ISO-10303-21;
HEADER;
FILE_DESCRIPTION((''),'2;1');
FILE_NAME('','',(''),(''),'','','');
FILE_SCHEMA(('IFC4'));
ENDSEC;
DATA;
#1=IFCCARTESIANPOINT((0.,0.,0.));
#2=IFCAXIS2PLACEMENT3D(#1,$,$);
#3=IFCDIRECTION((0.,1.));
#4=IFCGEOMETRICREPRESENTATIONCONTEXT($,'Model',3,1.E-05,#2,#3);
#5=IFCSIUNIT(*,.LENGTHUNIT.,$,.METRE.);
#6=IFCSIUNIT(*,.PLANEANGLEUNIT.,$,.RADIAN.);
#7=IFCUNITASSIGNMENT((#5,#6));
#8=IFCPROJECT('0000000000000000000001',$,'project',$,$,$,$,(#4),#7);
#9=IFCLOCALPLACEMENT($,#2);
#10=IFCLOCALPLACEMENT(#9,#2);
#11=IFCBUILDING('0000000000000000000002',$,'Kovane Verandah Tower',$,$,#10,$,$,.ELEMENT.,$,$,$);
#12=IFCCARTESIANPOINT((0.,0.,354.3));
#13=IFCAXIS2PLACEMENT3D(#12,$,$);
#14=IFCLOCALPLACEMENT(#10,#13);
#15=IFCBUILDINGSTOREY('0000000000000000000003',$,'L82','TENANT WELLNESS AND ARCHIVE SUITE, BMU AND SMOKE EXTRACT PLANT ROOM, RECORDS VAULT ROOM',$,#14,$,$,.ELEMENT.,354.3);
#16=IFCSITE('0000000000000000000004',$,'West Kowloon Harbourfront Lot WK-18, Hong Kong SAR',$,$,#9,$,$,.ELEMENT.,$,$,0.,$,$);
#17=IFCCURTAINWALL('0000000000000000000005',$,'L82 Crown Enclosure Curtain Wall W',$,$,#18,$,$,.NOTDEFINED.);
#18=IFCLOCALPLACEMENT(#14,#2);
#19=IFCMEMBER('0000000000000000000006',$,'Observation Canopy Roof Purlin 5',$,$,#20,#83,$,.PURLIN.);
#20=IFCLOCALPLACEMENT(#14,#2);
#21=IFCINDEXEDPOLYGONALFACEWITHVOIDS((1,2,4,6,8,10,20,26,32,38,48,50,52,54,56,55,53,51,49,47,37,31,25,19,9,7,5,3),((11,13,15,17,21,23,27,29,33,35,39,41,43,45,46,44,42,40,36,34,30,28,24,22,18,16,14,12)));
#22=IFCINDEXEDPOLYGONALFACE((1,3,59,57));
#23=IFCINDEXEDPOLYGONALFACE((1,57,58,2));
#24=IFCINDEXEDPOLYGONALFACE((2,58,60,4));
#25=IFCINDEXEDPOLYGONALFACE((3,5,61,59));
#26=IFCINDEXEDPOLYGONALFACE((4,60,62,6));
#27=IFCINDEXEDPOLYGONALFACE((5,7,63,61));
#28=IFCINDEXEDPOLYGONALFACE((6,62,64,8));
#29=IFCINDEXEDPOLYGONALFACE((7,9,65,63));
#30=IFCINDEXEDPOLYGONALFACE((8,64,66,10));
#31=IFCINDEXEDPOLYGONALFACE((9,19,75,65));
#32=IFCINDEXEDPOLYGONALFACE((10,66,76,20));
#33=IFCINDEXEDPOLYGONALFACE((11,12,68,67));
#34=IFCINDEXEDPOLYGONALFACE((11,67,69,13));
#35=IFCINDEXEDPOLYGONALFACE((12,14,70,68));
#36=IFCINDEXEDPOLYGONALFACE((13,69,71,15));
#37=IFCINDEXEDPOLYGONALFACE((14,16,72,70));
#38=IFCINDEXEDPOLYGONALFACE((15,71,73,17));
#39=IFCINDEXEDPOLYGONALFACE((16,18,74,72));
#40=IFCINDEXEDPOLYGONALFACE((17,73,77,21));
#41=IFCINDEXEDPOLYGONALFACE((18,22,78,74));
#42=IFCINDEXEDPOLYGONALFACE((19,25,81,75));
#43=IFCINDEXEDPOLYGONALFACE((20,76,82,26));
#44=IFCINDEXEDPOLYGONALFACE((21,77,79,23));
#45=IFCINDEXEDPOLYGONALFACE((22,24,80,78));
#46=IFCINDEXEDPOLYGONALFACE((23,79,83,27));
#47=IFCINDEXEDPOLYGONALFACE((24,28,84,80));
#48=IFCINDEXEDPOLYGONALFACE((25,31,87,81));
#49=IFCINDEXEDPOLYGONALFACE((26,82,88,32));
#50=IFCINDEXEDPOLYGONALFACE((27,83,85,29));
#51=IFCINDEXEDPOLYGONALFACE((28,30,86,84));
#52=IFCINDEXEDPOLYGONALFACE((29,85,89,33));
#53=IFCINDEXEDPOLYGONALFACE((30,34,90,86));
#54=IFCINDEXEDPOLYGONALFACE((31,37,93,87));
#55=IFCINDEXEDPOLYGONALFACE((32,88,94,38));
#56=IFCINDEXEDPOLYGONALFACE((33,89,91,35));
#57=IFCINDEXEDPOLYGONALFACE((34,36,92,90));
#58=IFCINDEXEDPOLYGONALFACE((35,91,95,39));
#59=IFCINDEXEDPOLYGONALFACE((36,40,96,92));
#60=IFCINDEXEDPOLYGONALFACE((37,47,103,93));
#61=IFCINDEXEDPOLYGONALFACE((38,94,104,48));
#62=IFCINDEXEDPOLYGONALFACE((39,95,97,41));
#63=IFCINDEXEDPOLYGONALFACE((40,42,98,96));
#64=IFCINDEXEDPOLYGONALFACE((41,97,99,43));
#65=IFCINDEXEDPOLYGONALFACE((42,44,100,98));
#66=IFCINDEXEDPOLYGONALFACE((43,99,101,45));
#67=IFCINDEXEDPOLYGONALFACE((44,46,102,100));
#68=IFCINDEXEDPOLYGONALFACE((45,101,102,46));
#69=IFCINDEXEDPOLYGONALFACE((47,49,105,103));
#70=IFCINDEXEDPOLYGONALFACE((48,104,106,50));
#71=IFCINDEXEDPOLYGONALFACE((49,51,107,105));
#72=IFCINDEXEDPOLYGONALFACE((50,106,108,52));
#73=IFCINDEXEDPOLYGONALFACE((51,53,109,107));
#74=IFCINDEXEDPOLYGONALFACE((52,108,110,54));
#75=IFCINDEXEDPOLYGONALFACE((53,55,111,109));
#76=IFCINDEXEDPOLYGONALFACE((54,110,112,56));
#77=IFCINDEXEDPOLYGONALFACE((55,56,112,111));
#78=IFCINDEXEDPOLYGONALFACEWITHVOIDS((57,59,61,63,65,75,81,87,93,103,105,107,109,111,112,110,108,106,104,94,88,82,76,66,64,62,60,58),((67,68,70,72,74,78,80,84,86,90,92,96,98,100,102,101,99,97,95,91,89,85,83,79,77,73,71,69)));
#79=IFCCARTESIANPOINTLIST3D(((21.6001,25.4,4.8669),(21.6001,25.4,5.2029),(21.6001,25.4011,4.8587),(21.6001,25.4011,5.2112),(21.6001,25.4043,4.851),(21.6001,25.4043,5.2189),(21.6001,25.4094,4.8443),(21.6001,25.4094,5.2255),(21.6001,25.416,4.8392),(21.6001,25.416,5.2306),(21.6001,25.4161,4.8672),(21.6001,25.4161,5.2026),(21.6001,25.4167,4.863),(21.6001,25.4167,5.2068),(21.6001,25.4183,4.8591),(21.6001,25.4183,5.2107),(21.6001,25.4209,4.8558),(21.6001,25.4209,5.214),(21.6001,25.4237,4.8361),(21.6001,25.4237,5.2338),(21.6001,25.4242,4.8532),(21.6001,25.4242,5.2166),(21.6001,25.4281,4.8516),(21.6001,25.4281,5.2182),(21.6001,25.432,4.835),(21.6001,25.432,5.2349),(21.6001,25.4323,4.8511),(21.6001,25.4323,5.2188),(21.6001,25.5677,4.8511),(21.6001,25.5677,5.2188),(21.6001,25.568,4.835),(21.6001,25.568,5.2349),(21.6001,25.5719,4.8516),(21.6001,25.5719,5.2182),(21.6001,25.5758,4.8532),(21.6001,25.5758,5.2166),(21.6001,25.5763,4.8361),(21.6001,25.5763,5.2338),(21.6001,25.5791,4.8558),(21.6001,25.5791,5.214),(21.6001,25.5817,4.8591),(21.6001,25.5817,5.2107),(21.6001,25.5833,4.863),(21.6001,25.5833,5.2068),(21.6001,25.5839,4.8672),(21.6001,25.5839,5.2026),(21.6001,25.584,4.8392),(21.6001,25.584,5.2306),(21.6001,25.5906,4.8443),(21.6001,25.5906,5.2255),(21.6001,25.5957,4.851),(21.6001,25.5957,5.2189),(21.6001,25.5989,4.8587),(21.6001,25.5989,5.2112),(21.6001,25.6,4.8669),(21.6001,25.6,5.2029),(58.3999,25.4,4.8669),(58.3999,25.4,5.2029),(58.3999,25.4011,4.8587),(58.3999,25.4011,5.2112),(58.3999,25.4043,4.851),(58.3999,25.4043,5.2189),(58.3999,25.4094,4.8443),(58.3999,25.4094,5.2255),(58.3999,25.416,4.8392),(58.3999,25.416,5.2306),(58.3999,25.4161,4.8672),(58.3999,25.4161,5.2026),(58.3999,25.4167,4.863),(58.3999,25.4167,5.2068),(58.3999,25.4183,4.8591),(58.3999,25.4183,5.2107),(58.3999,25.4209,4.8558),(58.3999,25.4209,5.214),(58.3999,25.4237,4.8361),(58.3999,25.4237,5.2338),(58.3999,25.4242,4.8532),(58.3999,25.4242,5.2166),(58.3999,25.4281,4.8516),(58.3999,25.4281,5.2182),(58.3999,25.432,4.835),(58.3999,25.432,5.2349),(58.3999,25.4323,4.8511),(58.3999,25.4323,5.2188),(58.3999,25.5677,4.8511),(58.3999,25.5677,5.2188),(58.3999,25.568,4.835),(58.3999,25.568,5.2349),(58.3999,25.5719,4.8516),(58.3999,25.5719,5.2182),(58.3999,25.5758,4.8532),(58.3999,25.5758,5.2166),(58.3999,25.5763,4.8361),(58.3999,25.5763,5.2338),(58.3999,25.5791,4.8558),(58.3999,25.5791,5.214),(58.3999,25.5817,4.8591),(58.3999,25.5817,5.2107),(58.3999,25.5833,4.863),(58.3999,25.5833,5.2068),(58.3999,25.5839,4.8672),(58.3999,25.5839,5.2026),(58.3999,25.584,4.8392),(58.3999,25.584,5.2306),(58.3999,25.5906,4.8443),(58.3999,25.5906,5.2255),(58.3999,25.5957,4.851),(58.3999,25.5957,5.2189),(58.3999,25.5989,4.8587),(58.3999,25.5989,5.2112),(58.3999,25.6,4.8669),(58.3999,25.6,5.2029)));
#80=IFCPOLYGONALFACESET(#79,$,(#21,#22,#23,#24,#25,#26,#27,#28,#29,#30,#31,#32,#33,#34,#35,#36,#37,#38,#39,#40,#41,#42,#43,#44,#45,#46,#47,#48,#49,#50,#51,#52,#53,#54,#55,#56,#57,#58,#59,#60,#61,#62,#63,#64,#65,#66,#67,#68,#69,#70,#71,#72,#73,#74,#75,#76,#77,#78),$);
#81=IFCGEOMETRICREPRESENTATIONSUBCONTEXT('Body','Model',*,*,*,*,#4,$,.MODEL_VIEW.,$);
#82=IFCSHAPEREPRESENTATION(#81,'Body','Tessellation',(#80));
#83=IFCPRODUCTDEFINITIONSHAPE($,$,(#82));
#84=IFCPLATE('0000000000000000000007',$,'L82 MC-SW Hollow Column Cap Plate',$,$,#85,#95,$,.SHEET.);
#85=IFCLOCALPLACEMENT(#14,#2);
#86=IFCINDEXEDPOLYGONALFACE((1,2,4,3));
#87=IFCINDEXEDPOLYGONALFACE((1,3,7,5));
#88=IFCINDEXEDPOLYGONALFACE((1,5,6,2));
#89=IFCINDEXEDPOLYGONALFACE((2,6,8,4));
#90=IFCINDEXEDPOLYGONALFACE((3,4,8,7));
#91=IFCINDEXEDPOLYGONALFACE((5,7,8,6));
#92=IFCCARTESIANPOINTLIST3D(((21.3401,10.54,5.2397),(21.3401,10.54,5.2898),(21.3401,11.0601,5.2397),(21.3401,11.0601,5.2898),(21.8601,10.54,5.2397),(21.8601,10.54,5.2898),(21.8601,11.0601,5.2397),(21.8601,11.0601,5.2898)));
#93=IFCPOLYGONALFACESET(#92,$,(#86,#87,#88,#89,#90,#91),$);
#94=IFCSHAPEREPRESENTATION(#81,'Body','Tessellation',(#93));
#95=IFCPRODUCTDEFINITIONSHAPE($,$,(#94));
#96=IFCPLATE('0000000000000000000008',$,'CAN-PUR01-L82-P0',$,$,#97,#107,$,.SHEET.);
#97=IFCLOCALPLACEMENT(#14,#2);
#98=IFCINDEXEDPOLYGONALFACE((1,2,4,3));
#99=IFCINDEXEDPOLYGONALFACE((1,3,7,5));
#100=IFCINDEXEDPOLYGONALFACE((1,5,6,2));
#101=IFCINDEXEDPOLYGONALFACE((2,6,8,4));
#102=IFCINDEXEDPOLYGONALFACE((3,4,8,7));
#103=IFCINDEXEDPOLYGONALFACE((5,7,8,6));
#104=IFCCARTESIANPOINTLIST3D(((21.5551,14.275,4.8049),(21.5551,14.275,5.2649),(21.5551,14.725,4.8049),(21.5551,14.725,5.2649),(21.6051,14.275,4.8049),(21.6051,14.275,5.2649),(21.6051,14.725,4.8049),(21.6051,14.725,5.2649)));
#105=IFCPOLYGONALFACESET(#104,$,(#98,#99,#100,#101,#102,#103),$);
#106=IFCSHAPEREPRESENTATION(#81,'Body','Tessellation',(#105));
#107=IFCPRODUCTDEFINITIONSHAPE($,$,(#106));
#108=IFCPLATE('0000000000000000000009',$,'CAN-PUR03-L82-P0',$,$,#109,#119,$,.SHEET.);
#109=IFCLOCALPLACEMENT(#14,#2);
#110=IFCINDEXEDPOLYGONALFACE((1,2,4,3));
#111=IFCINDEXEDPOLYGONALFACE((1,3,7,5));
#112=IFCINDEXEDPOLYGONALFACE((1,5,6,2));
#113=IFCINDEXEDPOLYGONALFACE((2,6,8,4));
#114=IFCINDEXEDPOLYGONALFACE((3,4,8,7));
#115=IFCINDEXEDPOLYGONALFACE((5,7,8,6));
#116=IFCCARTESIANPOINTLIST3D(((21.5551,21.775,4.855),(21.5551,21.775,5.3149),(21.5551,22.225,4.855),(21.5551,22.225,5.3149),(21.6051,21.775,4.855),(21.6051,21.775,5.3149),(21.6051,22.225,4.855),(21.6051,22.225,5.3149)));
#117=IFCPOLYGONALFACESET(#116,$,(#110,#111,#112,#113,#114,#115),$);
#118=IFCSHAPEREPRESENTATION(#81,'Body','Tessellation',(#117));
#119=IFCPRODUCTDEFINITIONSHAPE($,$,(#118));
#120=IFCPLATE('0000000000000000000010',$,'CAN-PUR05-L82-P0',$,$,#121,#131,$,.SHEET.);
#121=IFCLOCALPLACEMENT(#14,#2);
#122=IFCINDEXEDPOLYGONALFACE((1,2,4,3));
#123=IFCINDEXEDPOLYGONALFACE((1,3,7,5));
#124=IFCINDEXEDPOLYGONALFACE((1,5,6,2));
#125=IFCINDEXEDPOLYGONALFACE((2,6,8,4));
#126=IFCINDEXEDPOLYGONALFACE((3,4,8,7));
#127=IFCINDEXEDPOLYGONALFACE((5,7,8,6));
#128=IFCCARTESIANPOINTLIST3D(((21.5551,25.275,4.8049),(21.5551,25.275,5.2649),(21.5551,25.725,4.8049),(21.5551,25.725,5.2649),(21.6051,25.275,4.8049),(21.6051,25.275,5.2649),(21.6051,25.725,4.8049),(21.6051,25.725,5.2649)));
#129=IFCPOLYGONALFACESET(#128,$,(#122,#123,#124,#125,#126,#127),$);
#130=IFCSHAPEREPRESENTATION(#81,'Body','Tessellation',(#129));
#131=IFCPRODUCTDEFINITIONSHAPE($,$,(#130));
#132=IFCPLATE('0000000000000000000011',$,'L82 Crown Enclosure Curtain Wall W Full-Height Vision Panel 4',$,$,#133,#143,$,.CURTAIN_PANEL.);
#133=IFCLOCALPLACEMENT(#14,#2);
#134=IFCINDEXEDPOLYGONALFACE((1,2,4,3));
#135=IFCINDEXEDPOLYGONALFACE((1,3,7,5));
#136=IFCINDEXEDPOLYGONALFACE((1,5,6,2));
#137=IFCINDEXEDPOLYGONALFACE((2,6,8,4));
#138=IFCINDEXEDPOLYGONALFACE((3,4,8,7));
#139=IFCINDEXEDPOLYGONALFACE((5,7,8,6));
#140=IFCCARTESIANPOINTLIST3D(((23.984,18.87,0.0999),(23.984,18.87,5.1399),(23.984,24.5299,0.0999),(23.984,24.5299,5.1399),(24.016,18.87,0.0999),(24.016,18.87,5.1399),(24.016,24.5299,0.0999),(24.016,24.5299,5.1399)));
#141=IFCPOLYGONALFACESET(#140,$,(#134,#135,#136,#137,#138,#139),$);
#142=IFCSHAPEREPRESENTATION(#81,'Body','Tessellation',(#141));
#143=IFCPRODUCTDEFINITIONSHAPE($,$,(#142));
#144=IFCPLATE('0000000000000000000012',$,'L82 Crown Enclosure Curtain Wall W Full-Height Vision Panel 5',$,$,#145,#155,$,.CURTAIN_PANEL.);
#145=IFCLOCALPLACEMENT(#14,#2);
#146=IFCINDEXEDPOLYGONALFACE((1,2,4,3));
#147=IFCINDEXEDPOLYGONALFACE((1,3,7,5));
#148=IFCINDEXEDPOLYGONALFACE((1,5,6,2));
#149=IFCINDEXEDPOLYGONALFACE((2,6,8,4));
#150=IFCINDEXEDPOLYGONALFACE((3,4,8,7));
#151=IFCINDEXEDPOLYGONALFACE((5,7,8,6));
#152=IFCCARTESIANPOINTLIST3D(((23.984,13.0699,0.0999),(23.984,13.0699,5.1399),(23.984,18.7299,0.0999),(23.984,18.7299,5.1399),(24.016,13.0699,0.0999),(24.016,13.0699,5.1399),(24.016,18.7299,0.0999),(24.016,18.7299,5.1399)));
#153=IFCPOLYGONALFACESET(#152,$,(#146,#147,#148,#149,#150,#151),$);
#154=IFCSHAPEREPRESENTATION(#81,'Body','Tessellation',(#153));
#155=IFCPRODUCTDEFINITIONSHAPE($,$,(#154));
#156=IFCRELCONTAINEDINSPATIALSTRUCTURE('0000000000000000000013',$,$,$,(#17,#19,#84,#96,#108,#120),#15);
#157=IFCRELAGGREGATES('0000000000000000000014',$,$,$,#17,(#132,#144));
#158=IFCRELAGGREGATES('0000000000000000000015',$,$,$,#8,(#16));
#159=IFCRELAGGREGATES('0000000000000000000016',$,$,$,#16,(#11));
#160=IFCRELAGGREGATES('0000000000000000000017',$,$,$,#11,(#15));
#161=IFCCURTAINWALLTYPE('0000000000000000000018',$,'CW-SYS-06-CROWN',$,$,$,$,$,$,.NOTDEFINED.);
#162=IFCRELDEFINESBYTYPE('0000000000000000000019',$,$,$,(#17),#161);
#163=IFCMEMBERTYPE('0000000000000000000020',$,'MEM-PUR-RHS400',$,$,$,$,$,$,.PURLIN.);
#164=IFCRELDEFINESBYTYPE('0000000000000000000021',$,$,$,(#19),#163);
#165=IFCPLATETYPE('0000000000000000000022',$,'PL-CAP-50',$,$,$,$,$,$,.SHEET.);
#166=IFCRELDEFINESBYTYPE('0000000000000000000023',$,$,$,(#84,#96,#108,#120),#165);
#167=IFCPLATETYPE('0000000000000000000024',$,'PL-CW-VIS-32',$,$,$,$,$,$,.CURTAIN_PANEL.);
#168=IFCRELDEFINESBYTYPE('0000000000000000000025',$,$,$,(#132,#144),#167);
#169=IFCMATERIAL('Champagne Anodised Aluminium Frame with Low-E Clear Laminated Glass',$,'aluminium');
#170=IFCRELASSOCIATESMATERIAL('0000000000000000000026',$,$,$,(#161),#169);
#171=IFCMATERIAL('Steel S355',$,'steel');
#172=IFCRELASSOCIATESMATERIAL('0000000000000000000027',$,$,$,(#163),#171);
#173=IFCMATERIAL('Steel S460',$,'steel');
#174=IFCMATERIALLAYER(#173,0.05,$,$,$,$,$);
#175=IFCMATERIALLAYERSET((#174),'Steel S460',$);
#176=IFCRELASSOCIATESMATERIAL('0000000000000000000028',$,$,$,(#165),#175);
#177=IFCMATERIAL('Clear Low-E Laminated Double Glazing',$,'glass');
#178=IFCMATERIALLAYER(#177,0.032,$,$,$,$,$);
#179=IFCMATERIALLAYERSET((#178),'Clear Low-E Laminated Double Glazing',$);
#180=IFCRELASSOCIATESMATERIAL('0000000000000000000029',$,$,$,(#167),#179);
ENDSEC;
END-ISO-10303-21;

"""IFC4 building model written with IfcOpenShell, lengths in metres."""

from ifc_helpers import new_model, si_unit, direction, frame, origin, origin_2d, place, context, subcontext, project, spatial, rectangle, hollow_rectangle, extrude, material, layer, layer_set, material_profile, profile_set, type_object, element, aggregate, save


model = new_model("IFC4")

# Units and contexts
model_context = context("Model", 3, precision=1e-05, world=origin(), true_north=direction((0.0, 1.0)))
body_context = subcontext(model_context, "Body", "Model", "MODEL_VIEW")
ifc_project = project(units=[si_unit("LENGTHUNIT", "METRE"), si_unit("PLANEANGLEUNIT", "RADIAN")], contexts=[model_context])

# Site, building, storey
site_placement = place(None, origin())
site = spatial("IfcSite", under=ifc_project, at=site_placement, Name="West Kowloon Harbourfront Lot WK-18, Hong Kong SAR", CompositionType="ELEMENT", RefElevation=0.0)
building_placement = place(site_placement, origin())
building = spatial("IfcBuilding", under=site, at=building_placement, Name="Kovane Verandah Tower", CompositionType="ELEMENT")
storey_placement = place(building_placement, frame((0.0, 0.0, 354.3)))
storey = spatial("IfcBuildingStorey", under=building, at=storey_placement, Name="L82", Description="TENANT WELLNESS AND ARCHIVE SUITE, BMU AND SMOKE EXTRACT PLANT ROOM, RECORDS VAULT ROOM", CompositionType="ELEMENT", Elevation=354.3)

# Shared definitions
ifc_material_1 = material(Name="Steel S355", Category="steel")
ifc_material_2 = material(Name="Steel S460", Category="steel")

# Curtain wall
ifc_material_3 = material(Name="Champagne Anodised Aluminium Frame with Low-E Clear Laminated Glass", Category="aluminium")
curtain_wall_type = type_object("IfcCurtainWallType", Name="CW-SYS-06-CROWN", PredefinedType="NOTDEFINED", material=ifc_material_3)
curtain_wall_placement = place(storey_placement, origin())
curtain_wall = element("IfcCurtainWall", 1, at=curtain_wall_placement, inside=storey, type_object=curtain_wall_type, Name="L82 Crown Enclosure Curtain Wall W", PredefinedType="NOTDEFINED")

# Member
ifc_material_profile_1 = material_profile(ifc_material_1, hollow_rectangle(XDim=0.2, YDim=0.3999, WallThickness=0.0161, InnerFilletRadius=0.0161, OuterFilletRadius=0.032, at=origin_2d()), Name="RHS400x200x16")
ifc_profile_set_1 = profile_set([ifc_material_profile_1], Name="Steel S355")
member_type_1 = type_object("IfcMemberType", Name="MEM-PUR-RHS400", PredefinedType="PURLIN", material=ifc_profile_set_1)
for number, where, z_axis, x_axis, name in (
    (2, (21.6001, 25.5, 5.0349), (1.0, 0.0, 0.0), (0.0, 1.0, 0.0), "Observation Canopy Roof Purlin 5"),
):
    element("IfcMember", number, at=place(storey_placement, frame(where, z_axis=z_axis, x_axis=x_axis)), inside=storey, type_object=member_type_1, Name=name, PredefinedType="PURLIN", context=body_context, shape_type="SweptSolid", body=[
        extrude(hollow_rectangle(XDim=0.2, YDim=0.3999, WallThickness=0.0161, InnerFilletRadius=0.0161, OuterFilletRadius=0.032, at=origin_2d()), origin(), (0.0, 0.0, 1.0), 36.7998),
    ])

# Plates
ifc_layer_1 = layer(ifc_material_2, 0.05)
ifc_layer_set_1 = layer_set([ifc_layer_1], Name="Steel S460")
plate_type_1 = type_object("IfcPlateType", Name="PL-CAP-50", PredefinedType="SHEET", material=ifc_layer_set_1)
plate_1_placement = place(storey_placement, frame((21.6001, 10.8, 5.2397), z_axis=(0.0, 0.0, 1.0), x_axis=(1.0, 0.0, 0.0)))
element("IfcPlate", 3, at=plate_1_placement, inside=storey, type_object=plate_type_1, Name="L82 MC-SW Hollow Column Cap Plate", PredefinedType="SHEET", context=body_context, shape_type="SweptSolid", body=[
    extrude(rectangle(XDim=0.52, YDim=0.52, at=origin_2d()), origin(), (0.0, 0.0, 1.0), 0.05),
])
for number, where, z_axis, x_axis, name in (
    (4, (21.5801, 14.5, 4.8049), (0.0, 0.0, 1.0), (1.0, 0.0, 0.0), "CAN-PUR01-L82-P0"),
    (5, (21.5801, 22.0, 4.855), (0.0, 0.0, 1.0), (1.0, 0.0, 0.0), "CAN-PUR03-L82-P0"),
    (6, (21.5801, 25.5, 4.8049), (0.0, 0.0, 1.0), (1.0, 0.0, 0.0), "CAN-PUR05-L82-P0"),
):
    element("IfcPlate", number, at=place(storey_placement, frame(where, z_axis=z_axis, x_axis=x_axis)), inside=storey, type_object=plate_type_1, Name=name, PredefinedType="SHEET", context=body_context, shape_type="SweptSolid", body=[
        extrude(rectangle(XDim=0.05, YDim=0.45, at=origin_2d()), origin(), (0.0, 0.0, 1.0), 0.46),
    ])

# Plates
ifc_material_4 = material(Name="Clear Low-E Laminated Double Glazing", Category="glass")
ifc_layer_2 = layer(ifc_material_4, 0.032)
ifc_layer_set_2 = layer_set([ifc_layer_2], Name="Clear Low-E Laminated Double Glazing")
plate_type_2 = type_object("IfcPlateType", Name="PL-CW-VIS-32", PredefinedType="CURTAIN_PANEL", material=ifc_layer_set_2)
plate_2_placement = place(storey_placement, frame((24.0, 21.7, 0.0999), z_axis=(0.0, 0.0, 1.0), x_axis=(0.0, -1.0, 0.0)))
plate_2 = element("IfcPlate", 7, at=plate_2_placement, type_object=plate_type_2, Name="L82 Crown Enclosure Curtain Wall W Full-Height Vision Panel 4", PredefinedType="CURTAIN_PANEL", context=body_context, shape_type="SweptSolid", body=[
    extrude(rectangle(XDim=5.6599, YDim=0.032, at=origin_2d()), origin(), (0.0, 0.0, 1.0), 5.04),
])
plate_3_placement = place(storey_placement, frame((24.0, 15.8999, 0.0999), z_axis=(0.0, 0.0, 1.0), x_axis=(0.0, -1.0, 0.0)))
plate_3 = element("IfcPlate", 8, at=plate_3_placement, type_object=plate_type_2, Name="L82 Crown Enclosure Curtain Wall W Full-Height Vision Panel 5", PredefinedType="CURTAIN_PANEL", context=body_context, shape_type="SweptSolid", body=[
    extrude(rectangle(XDim=5.6599, YDim=0.032, at=origin_2d()), origin(), (0.0, 0.0, 1.0), 5.04),
])
aggregate(curtain_wall, [plate_2, plate_3])

save(model, "model.ifc")
